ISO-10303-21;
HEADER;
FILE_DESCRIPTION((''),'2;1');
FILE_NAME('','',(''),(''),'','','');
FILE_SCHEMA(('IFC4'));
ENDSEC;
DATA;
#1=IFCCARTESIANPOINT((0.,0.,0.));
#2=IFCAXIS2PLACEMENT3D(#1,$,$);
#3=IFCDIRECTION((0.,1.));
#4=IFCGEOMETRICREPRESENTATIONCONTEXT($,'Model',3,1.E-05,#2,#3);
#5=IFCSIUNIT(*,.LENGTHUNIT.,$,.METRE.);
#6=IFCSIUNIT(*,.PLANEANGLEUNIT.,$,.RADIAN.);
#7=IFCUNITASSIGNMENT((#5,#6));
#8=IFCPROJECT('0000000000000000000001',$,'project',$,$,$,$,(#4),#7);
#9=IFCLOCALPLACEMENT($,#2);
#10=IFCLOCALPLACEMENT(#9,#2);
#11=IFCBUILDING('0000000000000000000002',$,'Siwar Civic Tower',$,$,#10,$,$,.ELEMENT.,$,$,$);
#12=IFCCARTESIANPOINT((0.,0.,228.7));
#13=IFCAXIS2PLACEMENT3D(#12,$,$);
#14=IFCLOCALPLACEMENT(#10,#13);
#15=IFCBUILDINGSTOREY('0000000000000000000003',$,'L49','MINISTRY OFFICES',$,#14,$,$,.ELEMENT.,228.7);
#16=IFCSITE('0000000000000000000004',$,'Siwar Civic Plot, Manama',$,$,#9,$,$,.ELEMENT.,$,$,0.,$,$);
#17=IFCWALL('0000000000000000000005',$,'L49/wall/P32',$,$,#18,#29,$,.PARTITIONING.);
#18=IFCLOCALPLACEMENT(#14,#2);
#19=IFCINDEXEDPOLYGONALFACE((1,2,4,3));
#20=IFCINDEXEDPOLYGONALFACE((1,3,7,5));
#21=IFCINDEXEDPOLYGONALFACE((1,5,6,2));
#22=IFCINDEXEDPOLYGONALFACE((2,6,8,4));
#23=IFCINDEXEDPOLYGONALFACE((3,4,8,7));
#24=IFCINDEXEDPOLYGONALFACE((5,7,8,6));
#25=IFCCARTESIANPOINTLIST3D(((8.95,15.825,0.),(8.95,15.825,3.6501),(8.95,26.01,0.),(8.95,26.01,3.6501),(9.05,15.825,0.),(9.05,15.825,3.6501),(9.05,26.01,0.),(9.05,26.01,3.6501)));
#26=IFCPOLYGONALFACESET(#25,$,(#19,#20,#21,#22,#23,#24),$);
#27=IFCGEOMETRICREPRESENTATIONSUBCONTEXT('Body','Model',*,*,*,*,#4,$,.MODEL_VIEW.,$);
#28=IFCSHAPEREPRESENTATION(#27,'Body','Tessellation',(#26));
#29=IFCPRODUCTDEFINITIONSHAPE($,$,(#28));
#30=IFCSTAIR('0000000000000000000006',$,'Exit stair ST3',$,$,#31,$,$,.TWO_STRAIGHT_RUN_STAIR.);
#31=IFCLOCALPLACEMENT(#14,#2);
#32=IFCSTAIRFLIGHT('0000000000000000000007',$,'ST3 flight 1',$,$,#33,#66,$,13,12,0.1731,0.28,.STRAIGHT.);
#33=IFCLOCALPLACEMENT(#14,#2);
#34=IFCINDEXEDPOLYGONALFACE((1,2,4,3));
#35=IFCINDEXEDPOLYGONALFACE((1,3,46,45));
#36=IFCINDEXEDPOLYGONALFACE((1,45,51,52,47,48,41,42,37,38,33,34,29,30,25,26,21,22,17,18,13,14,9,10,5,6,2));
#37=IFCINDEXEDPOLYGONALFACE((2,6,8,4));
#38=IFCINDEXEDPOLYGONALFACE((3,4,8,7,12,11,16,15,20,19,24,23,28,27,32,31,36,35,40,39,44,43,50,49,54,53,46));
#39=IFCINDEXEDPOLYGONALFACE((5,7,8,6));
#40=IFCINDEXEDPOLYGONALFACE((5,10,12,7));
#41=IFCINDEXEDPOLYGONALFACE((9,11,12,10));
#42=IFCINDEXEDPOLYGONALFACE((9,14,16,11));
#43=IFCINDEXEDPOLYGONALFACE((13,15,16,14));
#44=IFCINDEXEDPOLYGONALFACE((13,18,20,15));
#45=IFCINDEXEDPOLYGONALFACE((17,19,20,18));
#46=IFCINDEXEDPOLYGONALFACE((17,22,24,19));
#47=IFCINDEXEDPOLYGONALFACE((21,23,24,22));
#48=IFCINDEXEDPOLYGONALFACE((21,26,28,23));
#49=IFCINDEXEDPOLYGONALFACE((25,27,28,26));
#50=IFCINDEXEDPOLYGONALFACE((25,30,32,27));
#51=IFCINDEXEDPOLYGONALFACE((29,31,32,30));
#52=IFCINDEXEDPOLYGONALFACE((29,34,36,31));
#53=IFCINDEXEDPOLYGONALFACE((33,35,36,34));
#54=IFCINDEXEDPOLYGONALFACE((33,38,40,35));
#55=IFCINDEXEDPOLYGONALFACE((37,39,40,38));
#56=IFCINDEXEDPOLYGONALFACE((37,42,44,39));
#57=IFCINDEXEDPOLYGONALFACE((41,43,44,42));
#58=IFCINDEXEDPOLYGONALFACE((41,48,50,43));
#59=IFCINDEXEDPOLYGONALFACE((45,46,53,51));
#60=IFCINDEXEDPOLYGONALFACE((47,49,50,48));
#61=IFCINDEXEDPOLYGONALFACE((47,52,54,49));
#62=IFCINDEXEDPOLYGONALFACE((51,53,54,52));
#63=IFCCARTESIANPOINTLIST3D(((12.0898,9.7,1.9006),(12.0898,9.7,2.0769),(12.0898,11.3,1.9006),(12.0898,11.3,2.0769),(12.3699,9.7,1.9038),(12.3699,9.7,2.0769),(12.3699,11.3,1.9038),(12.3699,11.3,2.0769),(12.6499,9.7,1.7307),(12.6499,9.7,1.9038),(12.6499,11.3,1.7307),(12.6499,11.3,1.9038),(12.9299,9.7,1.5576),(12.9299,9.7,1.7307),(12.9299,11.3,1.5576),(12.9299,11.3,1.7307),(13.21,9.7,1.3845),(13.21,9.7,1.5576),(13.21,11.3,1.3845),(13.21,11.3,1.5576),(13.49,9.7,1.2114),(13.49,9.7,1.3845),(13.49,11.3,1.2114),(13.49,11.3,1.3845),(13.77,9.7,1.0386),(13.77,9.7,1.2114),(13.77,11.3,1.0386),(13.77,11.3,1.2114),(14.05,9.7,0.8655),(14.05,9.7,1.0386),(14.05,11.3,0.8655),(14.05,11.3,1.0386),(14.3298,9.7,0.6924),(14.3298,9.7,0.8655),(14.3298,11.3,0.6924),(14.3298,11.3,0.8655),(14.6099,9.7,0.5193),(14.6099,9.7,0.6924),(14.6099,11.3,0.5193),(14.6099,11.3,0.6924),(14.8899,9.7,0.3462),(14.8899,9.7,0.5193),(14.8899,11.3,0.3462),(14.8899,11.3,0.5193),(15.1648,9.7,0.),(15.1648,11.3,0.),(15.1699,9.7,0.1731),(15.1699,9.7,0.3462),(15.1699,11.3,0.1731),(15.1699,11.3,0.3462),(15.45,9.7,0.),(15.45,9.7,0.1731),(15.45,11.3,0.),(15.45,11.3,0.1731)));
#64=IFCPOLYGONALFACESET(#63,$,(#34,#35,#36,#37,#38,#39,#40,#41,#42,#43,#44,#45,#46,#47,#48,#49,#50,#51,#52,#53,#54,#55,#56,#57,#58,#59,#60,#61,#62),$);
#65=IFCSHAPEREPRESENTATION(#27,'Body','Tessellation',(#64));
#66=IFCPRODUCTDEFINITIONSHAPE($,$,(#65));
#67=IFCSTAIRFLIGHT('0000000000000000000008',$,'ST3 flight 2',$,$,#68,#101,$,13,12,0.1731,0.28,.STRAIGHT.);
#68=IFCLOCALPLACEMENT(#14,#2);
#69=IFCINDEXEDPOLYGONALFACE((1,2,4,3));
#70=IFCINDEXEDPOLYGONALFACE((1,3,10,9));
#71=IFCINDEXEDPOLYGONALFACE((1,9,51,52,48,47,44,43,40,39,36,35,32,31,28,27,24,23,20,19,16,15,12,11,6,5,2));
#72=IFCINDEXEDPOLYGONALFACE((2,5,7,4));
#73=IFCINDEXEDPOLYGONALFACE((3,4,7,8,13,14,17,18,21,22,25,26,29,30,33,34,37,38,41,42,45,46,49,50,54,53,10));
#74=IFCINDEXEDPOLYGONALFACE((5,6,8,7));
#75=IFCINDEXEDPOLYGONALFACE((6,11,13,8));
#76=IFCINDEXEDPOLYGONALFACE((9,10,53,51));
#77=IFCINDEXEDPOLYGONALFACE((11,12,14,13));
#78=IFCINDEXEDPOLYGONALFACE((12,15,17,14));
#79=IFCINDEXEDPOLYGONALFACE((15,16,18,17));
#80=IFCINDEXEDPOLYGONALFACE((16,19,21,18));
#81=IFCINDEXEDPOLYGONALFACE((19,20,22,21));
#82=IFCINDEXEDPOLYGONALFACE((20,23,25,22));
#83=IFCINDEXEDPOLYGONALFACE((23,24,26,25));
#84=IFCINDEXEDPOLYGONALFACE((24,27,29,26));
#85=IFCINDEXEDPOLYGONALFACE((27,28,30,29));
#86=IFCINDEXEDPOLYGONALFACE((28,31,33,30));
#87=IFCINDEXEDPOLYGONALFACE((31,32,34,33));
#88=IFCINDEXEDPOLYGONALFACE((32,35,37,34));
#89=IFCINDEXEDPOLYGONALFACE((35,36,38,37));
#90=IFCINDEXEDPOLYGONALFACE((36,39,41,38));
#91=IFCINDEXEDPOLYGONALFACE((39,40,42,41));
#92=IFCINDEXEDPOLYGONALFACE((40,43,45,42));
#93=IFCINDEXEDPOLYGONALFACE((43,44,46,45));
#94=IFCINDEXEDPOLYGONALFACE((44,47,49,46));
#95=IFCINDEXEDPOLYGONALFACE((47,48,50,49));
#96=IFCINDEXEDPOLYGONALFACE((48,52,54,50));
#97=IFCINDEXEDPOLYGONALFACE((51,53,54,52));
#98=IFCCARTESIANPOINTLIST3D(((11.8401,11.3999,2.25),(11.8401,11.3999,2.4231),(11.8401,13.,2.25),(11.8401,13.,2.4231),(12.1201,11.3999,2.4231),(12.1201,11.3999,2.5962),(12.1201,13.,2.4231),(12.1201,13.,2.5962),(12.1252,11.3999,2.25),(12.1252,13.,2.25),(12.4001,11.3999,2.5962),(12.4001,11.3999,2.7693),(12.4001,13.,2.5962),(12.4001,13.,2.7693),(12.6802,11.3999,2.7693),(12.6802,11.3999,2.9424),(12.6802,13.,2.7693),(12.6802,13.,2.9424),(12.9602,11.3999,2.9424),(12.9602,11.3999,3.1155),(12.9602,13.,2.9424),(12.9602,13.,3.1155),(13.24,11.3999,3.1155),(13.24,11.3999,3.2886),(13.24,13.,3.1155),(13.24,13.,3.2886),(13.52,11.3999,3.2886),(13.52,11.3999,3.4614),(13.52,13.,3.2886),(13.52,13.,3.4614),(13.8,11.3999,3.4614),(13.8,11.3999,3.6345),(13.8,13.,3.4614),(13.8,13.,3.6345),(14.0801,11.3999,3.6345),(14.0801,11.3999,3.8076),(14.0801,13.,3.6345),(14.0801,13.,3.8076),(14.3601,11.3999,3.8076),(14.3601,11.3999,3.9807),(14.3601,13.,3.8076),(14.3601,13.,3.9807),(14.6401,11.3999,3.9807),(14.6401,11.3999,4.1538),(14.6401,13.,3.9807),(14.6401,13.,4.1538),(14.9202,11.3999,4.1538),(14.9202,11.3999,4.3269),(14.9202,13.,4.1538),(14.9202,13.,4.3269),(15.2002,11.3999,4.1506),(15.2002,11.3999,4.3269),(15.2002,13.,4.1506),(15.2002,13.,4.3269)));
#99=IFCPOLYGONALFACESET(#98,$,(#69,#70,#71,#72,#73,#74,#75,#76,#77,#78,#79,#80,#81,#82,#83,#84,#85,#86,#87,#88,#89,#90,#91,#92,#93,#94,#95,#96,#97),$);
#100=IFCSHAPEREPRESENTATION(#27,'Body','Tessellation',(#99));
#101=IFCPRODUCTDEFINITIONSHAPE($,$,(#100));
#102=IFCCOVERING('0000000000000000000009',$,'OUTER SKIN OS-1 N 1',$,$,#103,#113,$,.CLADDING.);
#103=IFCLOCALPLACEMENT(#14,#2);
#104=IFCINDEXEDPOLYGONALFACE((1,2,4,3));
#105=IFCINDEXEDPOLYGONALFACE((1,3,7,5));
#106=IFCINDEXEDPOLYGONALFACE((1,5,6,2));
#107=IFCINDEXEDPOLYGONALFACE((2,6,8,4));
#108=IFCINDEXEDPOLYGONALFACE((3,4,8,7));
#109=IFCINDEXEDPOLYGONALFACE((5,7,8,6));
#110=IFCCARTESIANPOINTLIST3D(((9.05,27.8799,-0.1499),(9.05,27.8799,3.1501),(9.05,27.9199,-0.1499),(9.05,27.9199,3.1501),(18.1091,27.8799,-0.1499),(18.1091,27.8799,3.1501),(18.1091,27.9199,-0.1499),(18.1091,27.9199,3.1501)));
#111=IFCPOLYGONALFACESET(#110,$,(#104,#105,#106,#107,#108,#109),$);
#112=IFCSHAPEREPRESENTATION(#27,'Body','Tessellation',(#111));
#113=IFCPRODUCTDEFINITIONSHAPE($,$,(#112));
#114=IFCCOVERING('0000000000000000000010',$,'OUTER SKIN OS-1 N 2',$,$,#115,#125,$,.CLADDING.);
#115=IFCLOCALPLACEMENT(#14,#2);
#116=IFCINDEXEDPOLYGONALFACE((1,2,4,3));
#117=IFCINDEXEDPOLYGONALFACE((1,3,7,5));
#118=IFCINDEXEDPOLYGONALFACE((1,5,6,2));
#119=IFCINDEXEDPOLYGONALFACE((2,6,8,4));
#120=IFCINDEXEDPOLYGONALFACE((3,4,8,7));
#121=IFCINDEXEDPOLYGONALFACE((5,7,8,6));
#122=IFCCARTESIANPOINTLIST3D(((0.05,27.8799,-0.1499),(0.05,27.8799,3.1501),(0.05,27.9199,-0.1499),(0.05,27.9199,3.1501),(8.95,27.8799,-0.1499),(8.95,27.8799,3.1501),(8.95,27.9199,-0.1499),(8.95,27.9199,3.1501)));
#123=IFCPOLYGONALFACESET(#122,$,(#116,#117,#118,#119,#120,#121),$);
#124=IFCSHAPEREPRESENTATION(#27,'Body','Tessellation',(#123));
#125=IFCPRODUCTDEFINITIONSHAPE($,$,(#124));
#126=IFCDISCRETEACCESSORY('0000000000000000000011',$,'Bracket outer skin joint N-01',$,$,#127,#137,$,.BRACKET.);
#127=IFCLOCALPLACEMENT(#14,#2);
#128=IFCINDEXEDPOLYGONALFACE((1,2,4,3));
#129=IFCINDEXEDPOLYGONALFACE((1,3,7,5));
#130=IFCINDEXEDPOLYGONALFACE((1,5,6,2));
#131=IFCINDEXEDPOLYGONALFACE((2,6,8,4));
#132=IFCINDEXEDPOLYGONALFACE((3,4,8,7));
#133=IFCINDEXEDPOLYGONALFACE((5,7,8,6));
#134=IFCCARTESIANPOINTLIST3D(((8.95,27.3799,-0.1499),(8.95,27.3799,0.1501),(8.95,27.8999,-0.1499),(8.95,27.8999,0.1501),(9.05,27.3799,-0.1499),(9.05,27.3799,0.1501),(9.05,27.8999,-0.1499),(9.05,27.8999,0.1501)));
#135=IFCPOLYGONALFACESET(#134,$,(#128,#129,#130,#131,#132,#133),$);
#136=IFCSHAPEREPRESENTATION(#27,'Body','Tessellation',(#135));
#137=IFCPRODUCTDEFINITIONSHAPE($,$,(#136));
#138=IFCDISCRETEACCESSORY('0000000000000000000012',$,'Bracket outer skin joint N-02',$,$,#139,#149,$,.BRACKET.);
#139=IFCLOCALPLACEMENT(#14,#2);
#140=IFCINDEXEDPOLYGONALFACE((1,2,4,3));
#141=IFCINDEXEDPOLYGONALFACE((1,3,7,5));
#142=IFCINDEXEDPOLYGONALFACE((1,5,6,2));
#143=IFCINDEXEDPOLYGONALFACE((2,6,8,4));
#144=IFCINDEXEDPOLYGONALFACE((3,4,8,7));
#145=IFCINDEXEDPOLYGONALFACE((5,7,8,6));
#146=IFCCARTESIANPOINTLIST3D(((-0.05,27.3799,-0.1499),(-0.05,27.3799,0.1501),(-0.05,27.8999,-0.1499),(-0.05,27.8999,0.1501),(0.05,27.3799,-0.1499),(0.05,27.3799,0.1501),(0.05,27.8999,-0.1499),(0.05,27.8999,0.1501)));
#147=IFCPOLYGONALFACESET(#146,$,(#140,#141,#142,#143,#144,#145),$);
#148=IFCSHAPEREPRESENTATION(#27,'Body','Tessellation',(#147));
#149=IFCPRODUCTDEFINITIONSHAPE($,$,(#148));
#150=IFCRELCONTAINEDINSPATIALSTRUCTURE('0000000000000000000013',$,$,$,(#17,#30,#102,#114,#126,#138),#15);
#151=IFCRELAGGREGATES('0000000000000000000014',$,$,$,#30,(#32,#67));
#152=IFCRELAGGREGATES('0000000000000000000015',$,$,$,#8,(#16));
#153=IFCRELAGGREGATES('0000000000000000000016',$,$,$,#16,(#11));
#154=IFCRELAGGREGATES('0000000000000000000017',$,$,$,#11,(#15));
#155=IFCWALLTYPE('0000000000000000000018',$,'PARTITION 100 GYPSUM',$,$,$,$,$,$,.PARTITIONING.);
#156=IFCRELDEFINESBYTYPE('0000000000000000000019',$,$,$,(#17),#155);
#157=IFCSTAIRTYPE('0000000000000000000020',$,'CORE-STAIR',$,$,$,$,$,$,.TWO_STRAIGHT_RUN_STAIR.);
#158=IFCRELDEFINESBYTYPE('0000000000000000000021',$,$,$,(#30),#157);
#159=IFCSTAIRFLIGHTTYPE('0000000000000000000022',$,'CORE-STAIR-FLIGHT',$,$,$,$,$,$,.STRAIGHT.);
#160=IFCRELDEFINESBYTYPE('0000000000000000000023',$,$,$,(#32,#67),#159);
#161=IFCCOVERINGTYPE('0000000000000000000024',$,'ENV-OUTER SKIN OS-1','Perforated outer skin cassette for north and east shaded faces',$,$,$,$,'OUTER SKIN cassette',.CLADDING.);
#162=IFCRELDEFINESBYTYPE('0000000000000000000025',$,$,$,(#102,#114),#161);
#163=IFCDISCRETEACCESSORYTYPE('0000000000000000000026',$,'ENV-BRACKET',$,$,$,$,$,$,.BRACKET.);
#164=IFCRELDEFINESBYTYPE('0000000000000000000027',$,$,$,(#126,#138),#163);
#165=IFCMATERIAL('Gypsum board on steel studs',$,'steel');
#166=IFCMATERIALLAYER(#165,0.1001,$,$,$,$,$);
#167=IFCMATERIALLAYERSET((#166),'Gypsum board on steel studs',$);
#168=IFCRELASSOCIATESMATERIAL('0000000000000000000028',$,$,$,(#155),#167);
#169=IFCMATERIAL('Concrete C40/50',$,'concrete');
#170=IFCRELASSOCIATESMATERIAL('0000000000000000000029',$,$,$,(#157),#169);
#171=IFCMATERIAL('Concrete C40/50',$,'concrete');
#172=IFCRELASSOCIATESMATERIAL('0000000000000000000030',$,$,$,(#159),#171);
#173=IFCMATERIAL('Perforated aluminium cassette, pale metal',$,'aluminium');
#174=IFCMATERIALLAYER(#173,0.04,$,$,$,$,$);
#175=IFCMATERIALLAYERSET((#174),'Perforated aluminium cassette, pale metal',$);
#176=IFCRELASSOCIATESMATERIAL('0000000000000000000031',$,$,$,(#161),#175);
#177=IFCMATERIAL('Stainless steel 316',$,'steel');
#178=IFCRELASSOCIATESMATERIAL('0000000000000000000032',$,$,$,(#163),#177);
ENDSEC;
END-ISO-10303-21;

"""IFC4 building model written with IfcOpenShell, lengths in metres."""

from ifc_helpers import new_model, si_unit, direction, frame, frame_2d, origin, origin_2d, place, context, subcontext, project, spatial, polyline, rectangle, outline, extrude, material, layer, layer_set, type_object, element, aggregate, save


model = new_model("IFC4")

# Units and contexts
model_context = context("Model", 3, precision=1e-05, world=origin(), true_north=direction((0.0, 1.0)))
body_context = subcontext(model_context, "Body", "Model", "MODEL_VIEW")
ifc_project = project(units=[si_unit("LENGTHUNIT", "METRE"), si_unit("PLANEANGLEUNIT", "RADIAN")], contexts=[model_context])

# Site, building, storey
site_placement = place(None, origin())
site = spatial("IfcSite", under=ifc_project, at=site_placement, Name="Siwar Civic Plot, Manama", CompositionType="ELEMENT", RefElevation=0.0)
building_placement = place(site_placement, origin())
building = spatial("IfcBuilding", under=site, at=building_placement, Name="Siwar Civic Tower", CompositionType="ELEMENT")
storey_placement = place(building_placement, frame((0.0, 0.0, 228.7)))
storey = spatial("IfcBuildingStorey", under=building, at=storey_placement, Name="L49", Description="MINISTRY OFFICES", CompositionType="ELEMENT", Elevation=228.7)

# Wall
ifc_material_1 = material(Name="Gypsum board on steel studs", Category="steel")
ifc_layer_1 = layer(ifc_material_1, 0.1001)
ifc_layer_set_1 = layer_set([ifc_layer_1], Name="Gypsum board on steel studs")
wall_type_1 = type_object("IfcWallType", Name="PARTITION 100 GYPSUM", PredefinedType="PARTITIONING", material=ifc_layer_set_1)
wall_1_placement = place(storey_placement, frame((9.0, 15.825, 0.0), z_axis=(0.0, 0.0, 1.0), x_axis=(0.0, 1.0, 0.0)))
element("IfcWall", 1, at=wall_1_placement, inside=storey, type_object=wall_type_1, Name="L49/wall/P32", PredefinedType="PARTITIONING", context=body_context, shape_type="SweptSolid", body=[
    extrude(rectangle(XDim=10.1851, YDim=0.1001, at=frame_2d((5.0925, 0.0))), origin(), (0.0, 0.0, 1.0), 3.6501),
])

# Stair, stair flights
ifc_material_2 = material(Name="Concrete C40/50", Category="concrete")
stair_type = type_object("IfcStairType", Name="CORE-STAIR", PredefinedType="TWO_STRAIGHT_RUN_STAIR", material=ifc_material_2)
stair_placement = place(storey_placement, origin())
stair = element("IfcStair", 2, at=stair_placement, inside=storey, type_object=stair_type, Name="Exit stair ST3", PredefinedType="TWO_STRAIGHT_RUN_STAIR")
ifc_material_3 = material(Name="Concrete C40/50", Category="concrete")
stair_flight_type = type_object("IfcStairFlightType", Name="CORE-STAIR-FLIGHT", PredefinedType="STRAIGHT", material=ifc_material_3)
stair_flight_1_placement = place(storey_placement, frame((15.45, 10.5, 0.0), z_axis=(0.0, 0.0, 1.0), x_axis=(-1.0, 0.0, 0.0)))
stair_flight_1 = element("IfcStairFlight", 3, at=stair_flight_1_placement, type_object=stair_flight_type, Name="ST3 flight 1", NumberOfRisers=13, NumberOfTreads=12, PredefinedType="STRAIGHT", RiserHeight=0.1731, TreadLength=0.28, context=body_context, shape_type="SweptSolid", body=[
    extrude(outline(polyline([(0.0, 0.0), (0.0, 0.1731), (0.28, 0.1731), (0.28, 0.3462), (0.5601, 0.3462), (0.5601, 0.5193), (0.8401, 0.5193), (0.8401, 0.6924), (1.1201, 0.6924), (1.1201, 0.8655), (1.3999, 0.8655), (1.3999, 1.0386), (1.6799, 1.0386), (1.6799, 1.2114), (1.96, 1.2114), (1.96, 1.3845), (2.24, 1.3845), (2.24, 1.5576), (2.52, 1.5576), (2.52, 1.7307), (2.8, 1.7307), (2.8, 1.9038), (3.0801, 1.9038), (3.0801, 2.0769), (3.3601, 2.0769), (3.3601, 2.25), (3.3601, 1.9006), (0.2852, 0.0), (0.0, 0.0)])), frame((0.0, 0.8, 0.0), z_axis=(0.0, -1.0, 0.0), x_axis=(1.0, 0.0, 0.0)), (0.0, 0.0, 1.0), 1.6001),
])
stair_flight_2_placement = place(storey_placement, frame((11.8401, 12.2, 2.25), z_axis=(0.0, 0.0, 1.0), x_axis=(1.0, 0.0, 0.0)))
stair_flight_2 = element("IfcStairFlight", 4, at=stair_flight_2_placement, type_object=stair_flight_type, Name="ST3 flight 2", NumberOfRisers=13, NumberOfTreads=12, PredefinedType="STRAIGHT", RiserHeight=0.1731, TreadLength=0.28, context=body_context, shape_type="SweptSolid", body=[
    extrude(outline(polyline([(0.0, 0.0), (0.0, 0.1731), (0.28, 0.1731), (0.28, 0.3462), (0.5601, 0.3462), (0.5601, 0.5193), (0.8401, 0.5193), (0.8401, 0.6924), (1.1201, 0.6924), (1.1201, 0.8655), (1.3999, 0.8655), (1.3999, 1.0386), (1.6799, 1.0386), (1.6799, 1.2114), (1.96, 1.2114), (1.96, 1.3845), (2.24, 1.3845), (2.24, 1.5576), (2.52, 1.5576), (2.52, 1.7307), (2.8, 1.7307), (2.8, 1.9038), (3.0801, 1.9038), (3.0801, 2.0769), (3.3601, 2.0769), (3.3601, 2.25), (3.3601, 1.9006), (0.2852, 0.0), (0.0, 0.0)])), frame((0.0, 0.8, 0.0), z_axis=(0.0, -1.0, 0.0), x_axis=(1.0, 0.0, 0.0)), (0.0, 0.0, 1.0), 1.6001),
])
aggregate(stair, [stair_flight_1, stair_flight_2])

# Coverings
ifc_material_4 = material(Name="Perforated aluminium cassette, pale metal", Category="aluminium")
ifc_layer_2 = layer(ifc_material_4, 0.04)
ifc_layer_set_2 = layer_set([ifc_layer_2], Name="Perforated aluminium cassette, pale metal")
covering_type = type_object("IfcCoveringType", Name="ENV-OUTER SKIN OS-1", Description="Perforated outer skin cassette for north and east shaded faces", ElementType="OUTER SKIN cassette", PredefinedType="CLADDING", material=ifc_layer_set_2)
covering_1_placement = place(storey_placement, frame((13.5796, 27.8999, -0.1499), z_axis=(0.0, 0.0, 1.0), x_axis=(-1.0, 0.0, 0.0)))
element("IfcCovering", 5, at=covering_1_placement, inside=storey, type_object=covering_type, Name="OUTER SKIN OS-1 N 1", PredefinedType="CLADDING", context=body_context, shape_type="SweptSolid", body=[
    extrude(rectangle(XDim=9.0591, YDim=0.04, at=origin_2d()), origin(), (0.0, 0.0, 1.0), 3.3),
])
covering_2_placement = place(storey_placement, frame((4.5, 27.8999, -0.1499), z_axis=(0.0, 0.0, 1.0), x_axis=(-1.0, 0.0, 0.0)))
element("IfcCovering", 6, at=covering_2_placement, inside=storey, type_object=covering_type, Name="OUTER SKIN OS-1 N 2", PredefinedType="CLADDING", context=body_context, shape_type="SweptSolid", body=[
    extrude(rectangle(XDim=8.8999, YDim=0.04, at=origin_2d()), origin(), (0.0, 0.0, 1.0), 3.3),
])

# Discrete accessories
ifc_material_5 = material(Name="Stainless steel 316", Category="steel")
discrete_accessory_type = type_object("IfcDiscreteAccessoryType", Name="ENV-BRACKET", PredefinedType="BRACKET", material=ifc_material_5)
for number, where, z_axis, x_axis, name in (
    (7, (9.0, 27.6399, -0.1499), (0.0, 0.0, 1.0), (0.0, 1.0, 0.0), "Bracket outer skin joint N-01"),
    (8, (0.0, 27.6399, -0.1499), (0.0, 0.0, 1.0), (0.0, 1.0, 0.0), "Bracket outer skin joint N-02"),
):
    element("IfcDiscreteAccessory", number, at=place(storey_placement, frame(where, z_axis=z_axis, x_axis=x_axis)), inside=storey, type_object=discrete_accessory_type, Name=name, PredefinedType="BRACKET", context=body_context, shape_type="SweptSolid", body=[
        extrude(rectangle(XDim=0.52, YDim=0.1001, at=origin_2d()), origin(), (0.0, 0.0, 1.0), 0.3),
    ])

save(model, "model.ifc")
